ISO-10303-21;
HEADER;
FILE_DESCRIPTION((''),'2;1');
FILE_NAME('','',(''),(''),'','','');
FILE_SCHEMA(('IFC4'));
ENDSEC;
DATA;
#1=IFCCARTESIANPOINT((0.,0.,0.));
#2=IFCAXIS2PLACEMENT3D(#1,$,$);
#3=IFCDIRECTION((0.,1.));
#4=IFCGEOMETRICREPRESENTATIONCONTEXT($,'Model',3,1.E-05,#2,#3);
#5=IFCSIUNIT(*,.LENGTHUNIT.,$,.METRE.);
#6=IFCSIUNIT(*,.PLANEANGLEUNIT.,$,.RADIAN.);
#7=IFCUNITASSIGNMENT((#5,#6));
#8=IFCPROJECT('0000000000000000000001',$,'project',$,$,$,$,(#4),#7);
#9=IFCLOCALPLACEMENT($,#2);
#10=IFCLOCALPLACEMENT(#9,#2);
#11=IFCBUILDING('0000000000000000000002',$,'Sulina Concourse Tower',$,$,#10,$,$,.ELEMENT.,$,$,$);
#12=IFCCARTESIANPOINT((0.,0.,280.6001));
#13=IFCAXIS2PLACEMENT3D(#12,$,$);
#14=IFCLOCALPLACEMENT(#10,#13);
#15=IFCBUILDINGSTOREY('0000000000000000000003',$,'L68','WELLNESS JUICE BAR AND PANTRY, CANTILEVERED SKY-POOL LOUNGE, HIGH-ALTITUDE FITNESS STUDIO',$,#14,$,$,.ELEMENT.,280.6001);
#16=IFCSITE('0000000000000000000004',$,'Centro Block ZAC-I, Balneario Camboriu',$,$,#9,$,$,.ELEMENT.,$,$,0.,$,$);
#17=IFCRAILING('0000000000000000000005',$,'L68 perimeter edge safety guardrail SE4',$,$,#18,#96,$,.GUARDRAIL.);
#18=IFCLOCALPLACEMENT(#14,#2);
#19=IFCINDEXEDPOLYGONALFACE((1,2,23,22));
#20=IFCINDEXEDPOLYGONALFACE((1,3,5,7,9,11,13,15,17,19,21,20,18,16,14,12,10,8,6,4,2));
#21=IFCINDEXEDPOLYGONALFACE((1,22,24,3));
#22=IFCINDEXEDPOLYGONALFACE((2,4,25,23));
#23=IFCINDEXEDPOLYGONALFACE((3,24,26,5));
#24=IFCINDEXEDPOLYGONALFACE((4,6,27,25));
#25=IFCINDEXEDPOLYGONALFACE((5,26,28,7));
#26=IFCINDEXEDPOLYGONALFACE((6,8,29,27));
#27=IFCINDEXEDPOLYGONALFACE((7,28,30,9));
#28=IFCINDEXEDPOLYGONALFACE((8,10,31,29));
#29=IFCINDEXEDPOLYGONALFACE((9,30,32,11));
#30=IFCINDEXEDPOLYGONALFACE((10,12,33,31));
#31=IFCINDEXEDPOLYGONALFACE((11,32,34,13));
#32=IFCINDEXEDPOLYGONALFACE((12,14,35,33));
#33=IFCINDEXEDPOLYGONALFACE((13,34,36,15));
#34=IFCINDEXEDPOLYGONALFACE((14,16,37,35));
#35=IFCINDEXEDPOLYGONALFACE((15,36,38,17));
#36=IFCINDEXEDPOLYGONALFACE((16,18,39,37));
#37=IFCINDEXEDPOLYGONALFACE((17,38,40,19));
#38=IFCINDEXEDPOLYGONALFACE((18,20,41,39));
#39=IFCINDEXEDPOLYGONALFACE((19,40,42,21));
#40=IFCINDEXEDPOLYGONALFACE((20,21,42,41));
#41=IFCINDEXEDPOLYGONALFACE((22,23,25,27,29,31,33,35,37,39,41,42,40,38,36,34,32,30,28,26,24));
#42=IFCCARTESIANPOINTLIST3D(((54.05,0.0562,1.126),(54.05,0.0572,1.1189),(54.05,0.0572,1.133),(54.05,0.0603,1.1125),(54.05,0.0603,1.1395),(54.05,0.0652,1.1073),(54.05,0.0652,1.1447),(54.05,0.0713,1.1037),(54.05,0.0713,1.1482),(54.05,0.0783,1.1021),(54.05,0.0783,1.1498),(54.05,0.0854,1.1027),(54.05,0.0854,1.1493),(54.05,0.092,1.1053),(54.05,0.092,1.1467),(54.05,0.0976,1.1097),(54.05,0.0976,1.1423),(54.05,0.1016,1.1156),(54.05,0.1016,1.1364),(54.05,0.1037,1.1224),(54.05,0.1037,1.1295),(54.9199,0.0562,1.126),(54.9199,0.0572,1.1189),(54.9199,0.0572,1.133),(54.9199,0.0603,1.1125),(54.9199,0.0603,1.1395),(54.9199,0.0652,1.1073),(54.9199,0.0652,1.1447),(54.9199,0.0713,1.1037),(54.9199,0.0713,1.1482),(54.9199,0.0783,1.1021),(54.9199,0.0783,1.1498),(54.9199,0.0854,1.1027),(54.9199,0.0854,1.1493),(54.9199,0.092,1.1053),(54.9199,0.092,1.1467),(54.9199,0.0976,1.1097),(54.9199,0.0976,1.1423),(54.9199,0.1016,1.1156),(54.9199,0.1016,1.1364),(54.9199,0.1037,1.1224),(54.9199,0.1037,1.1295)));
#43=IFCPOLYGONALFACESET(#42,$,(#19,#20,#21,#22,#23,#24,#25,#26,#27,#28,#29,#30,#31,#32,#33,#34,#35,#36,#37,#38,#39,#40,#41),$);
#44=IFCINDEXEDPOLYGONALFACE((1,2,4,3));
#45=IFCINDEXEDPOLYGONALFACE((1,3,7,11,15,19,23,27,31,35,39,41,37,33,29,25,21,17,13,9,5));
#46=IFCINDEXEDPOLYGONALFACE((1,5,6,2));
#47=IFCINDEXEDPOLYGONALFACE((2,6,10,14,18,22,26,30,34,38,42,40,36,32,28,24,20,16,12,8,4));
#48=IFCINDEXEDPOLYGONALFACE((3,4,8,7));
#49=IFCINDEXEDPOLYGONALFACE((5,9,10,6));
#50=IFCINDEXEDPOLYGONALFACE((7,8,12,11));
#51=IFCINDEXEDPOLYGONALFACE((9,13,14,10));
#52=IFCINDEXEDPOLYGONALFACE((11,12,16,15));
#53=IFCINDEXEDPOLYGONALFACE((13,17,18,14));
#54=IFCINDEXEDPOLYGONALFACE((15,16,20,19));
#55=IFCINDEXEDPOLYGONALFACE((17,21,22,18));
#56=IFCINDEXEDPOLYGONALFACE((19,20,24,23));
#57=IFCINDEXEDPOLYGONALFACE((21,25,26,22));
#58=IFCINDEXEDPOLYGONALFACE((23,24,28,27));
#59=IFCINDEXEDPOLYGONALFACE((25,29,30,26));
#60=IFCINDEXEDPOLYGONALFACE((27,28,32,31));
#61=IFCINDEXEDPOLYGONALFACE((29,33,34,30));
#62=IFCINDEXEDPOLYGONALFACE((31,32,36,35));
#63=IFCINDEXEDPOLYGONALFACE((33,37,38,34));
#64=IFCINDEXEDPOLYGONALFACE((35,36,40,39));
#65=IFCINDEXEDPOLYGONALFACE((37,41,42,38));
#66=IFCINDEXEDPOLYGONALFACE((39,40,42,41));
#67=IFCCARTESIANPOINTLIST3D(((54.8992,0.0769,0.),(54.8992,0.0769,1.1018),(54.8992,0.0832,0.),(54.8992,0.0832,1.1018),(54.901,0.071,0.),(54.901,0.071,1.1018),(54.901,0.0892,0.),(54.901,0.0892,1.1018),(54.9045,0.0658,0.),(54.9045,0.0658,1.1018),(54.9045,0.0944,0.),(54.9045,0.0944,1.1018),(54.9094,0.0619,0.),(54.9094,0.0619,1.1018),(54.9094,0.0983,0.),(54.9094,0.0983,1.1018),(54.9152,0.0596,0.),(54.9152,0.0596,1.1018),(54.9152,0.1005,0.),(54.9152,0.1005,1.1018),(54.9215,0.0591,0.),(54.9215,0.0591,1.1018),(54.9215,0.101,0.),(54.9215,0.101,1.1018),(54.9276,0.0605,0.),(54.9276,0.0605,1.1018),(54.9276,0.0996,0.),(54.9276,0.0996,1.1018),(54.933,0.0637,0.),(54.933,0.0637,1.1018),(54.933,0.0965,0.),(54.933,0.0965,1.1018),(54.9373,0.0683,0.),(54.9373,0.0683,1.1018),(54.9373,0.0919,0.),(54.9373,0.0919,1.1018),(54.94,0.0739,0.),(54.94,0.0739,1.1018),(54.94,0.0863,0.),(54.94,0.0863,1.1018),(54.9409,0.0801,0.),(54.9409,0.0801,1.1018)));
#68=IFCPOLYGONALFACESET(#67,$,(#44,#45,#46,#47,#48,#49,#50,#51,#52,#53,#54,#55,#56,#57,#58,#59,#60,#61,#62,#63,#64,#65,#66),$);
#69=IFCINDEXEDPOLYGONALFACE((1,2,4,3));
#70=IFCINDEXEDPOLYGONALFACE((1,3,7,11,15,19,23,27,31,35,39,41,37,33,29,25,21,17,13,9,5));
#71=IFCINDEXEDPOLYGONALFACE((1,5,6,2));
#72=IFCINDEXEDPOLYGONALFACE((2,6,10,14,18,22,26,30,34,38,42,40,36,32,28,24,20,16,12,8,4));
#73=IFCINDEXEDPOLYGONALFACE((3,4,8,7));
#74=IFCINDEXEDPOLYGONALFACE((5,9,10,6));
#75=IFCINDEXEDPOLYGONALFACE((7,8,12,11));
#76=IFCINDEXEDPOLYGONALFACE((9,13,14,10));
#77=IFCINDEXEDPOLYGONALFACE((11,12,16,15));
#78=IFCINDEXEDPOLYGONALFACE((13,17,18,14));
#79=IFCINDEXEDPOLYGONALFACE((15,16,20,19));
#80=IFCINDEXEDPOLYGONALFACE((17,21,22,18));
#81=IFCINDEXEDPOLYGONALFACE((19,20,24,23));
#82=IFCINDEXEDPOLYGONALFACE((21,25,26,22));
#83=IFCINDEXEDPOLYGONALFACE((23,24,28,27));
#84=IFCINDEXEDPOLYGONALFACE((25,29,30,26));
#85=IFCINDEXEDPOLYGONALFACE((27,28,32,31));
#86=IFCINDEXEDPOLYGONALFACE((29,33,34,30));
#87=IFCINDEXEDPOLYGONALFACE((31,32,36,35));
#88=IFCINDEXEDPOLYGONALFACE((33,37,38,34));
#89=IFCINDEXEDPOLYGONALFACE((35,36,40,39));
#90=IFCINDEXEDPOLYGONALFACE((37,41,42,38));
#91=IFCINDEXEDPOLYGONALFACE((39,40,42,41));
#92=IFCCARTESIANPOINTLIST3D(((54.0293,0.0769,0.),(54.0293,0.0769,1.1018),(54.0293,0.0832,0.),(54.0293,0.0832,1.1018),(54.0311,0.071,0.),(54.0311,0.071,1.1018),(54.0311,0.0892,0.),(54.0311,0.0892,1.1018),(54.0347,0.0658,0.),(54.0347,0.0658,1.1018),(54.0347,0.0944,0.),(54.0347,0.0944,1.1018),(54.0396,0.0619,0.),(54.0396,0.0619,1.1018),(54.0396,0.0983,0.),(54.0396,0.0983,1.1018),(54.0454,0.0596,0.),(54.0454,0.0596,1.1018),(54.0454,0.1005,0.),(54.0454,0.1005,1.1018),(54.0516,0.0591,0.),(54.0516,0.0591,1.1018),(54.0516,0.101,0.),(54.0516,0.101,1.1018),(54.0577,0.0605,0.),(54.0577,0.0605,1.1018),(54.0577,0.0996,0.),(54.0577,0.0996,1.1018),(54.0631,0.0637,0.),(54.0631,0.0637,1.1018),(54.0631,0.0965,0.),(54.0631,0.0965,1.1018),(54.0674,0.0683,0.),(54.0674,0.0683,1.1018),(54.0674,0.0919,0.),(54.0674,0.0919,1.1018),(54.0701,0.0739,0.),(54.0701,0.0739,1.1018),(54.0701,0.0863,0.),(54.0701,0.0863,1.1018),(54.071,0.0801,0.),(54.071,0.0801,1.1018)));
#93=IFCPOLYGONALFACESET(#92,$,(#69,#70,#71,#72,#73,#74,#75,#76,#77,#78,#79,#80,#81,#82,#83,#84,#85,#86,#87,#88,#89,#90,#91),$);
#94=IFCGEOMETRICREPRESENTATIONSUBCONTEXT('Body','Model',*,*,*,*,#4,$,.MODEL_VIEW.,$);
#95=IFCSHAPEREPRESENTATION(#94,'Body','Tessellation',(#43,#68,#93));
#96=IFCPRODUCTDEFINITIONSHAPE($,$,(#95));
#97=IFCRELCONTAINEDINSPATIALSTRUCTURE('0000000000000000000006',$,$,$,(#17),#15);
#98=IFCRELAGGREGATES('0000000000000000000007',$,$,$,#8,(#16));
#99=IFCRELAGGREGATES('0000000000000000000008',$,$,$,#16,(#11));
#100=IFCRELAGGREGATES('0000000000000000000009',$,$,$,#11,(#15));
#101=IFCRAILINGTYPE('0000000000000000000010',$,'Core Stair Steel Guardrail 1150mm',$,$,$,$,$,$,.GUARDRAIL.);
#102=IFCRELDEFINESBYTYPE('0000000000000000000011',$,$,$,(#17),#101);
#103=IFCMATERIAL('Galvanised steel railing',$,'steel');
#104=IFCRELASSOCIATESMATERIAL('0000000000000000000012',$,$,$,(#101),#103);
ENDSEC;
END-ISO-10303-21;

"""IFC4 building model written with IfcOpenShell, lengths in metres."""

from ifc_helpers import new_model, si_unit, direction, frame, origin, origin_2d, place, context, subcontext, project, spatial, circle, extrude, material, type_object, element, save


model = new_model("IFC4")

# Units and contexts
model_context = context("Model", 3, precision=1e-05, world=origin(), true_north=direction((0.0, 1.0)))
body_context = subcontext(model_context, "Body", "Model", "MODEL_VIEW")
ifc_project = project(units=[si_unit("LENGTHUNIT", "METRE"), si_unit("PLANEANGLEUNIT", "RADIAN")], contexts=[model_context])

# Site, building, storey
site_placement = place(None, origin())
site = spatial("IfcSite", under=ifc_project, at=site_placement, Name="Centro Block ZAC-I, Balneario Camboriu", CompositionType="ELEMENT", RefElevation=0.0)
building_placement = place(site_placement, origin())
building = spatial("IfcBuilding", under=site, at=building_placement, Name="Sulina Concourse Tower", CompositionType="ELEMENT")
storey_placement = place(building_placement, frame((0.0, 0.0, 280.6001)))
storey = spatial("IfcBuildingStorey", under=building, at=storey_placement, Name="L68", Description="WELLNESS JUICE BAR AND PANTRY, CANTILEVERED SKY-POOL LOUNGE, HIGH-ALTITUDE FITNESS STUDIO", CompositionType="ELEMENT", Elevation=280.6001)

# Railing
ifc_material_1 = material(Name="Galvanised steel railing", Category="steel")
railing_type = type_object("IfcRailingType", Name="Core Stair Steel Guardrail 1150mm", PredefinedType="GUARDRAIL", material=ifc_material_1)
railing_1_placement = place(storey_placement, frame((54.9199, 0.0801, 0.0)))
element("IfcRailing", 1, at=railing_1_placement, inside=storey, type_object=railing_type, Name="L68 perimeter edge safety guardrail SE4", PredefinedType="GUARDRAIL", context=body_context, shape_type="SweptSolid", body=[
    extrude(circle(Radius=0.0239, at=origin_2d()), frame((0.0, 0.0, 1.126), z_axis=(-1.0, 0.0, 0.0), x_axis=(0.0, -1.0, 0.0)), (0.0, 0.0, 1.0), 0.8699),
    extrude(circle(Radius=0.021, at=origin_2d()), origin(), (0.0, 0.0, 1.0), 1.1018),
    extrude(circle(Radius=0.021, at=origin_2d()), frame((-0.8699, 0.0, 0.0)), (0.0, 0.0, 1.0), 1.1018),
])

save(model, "model.ifc")
